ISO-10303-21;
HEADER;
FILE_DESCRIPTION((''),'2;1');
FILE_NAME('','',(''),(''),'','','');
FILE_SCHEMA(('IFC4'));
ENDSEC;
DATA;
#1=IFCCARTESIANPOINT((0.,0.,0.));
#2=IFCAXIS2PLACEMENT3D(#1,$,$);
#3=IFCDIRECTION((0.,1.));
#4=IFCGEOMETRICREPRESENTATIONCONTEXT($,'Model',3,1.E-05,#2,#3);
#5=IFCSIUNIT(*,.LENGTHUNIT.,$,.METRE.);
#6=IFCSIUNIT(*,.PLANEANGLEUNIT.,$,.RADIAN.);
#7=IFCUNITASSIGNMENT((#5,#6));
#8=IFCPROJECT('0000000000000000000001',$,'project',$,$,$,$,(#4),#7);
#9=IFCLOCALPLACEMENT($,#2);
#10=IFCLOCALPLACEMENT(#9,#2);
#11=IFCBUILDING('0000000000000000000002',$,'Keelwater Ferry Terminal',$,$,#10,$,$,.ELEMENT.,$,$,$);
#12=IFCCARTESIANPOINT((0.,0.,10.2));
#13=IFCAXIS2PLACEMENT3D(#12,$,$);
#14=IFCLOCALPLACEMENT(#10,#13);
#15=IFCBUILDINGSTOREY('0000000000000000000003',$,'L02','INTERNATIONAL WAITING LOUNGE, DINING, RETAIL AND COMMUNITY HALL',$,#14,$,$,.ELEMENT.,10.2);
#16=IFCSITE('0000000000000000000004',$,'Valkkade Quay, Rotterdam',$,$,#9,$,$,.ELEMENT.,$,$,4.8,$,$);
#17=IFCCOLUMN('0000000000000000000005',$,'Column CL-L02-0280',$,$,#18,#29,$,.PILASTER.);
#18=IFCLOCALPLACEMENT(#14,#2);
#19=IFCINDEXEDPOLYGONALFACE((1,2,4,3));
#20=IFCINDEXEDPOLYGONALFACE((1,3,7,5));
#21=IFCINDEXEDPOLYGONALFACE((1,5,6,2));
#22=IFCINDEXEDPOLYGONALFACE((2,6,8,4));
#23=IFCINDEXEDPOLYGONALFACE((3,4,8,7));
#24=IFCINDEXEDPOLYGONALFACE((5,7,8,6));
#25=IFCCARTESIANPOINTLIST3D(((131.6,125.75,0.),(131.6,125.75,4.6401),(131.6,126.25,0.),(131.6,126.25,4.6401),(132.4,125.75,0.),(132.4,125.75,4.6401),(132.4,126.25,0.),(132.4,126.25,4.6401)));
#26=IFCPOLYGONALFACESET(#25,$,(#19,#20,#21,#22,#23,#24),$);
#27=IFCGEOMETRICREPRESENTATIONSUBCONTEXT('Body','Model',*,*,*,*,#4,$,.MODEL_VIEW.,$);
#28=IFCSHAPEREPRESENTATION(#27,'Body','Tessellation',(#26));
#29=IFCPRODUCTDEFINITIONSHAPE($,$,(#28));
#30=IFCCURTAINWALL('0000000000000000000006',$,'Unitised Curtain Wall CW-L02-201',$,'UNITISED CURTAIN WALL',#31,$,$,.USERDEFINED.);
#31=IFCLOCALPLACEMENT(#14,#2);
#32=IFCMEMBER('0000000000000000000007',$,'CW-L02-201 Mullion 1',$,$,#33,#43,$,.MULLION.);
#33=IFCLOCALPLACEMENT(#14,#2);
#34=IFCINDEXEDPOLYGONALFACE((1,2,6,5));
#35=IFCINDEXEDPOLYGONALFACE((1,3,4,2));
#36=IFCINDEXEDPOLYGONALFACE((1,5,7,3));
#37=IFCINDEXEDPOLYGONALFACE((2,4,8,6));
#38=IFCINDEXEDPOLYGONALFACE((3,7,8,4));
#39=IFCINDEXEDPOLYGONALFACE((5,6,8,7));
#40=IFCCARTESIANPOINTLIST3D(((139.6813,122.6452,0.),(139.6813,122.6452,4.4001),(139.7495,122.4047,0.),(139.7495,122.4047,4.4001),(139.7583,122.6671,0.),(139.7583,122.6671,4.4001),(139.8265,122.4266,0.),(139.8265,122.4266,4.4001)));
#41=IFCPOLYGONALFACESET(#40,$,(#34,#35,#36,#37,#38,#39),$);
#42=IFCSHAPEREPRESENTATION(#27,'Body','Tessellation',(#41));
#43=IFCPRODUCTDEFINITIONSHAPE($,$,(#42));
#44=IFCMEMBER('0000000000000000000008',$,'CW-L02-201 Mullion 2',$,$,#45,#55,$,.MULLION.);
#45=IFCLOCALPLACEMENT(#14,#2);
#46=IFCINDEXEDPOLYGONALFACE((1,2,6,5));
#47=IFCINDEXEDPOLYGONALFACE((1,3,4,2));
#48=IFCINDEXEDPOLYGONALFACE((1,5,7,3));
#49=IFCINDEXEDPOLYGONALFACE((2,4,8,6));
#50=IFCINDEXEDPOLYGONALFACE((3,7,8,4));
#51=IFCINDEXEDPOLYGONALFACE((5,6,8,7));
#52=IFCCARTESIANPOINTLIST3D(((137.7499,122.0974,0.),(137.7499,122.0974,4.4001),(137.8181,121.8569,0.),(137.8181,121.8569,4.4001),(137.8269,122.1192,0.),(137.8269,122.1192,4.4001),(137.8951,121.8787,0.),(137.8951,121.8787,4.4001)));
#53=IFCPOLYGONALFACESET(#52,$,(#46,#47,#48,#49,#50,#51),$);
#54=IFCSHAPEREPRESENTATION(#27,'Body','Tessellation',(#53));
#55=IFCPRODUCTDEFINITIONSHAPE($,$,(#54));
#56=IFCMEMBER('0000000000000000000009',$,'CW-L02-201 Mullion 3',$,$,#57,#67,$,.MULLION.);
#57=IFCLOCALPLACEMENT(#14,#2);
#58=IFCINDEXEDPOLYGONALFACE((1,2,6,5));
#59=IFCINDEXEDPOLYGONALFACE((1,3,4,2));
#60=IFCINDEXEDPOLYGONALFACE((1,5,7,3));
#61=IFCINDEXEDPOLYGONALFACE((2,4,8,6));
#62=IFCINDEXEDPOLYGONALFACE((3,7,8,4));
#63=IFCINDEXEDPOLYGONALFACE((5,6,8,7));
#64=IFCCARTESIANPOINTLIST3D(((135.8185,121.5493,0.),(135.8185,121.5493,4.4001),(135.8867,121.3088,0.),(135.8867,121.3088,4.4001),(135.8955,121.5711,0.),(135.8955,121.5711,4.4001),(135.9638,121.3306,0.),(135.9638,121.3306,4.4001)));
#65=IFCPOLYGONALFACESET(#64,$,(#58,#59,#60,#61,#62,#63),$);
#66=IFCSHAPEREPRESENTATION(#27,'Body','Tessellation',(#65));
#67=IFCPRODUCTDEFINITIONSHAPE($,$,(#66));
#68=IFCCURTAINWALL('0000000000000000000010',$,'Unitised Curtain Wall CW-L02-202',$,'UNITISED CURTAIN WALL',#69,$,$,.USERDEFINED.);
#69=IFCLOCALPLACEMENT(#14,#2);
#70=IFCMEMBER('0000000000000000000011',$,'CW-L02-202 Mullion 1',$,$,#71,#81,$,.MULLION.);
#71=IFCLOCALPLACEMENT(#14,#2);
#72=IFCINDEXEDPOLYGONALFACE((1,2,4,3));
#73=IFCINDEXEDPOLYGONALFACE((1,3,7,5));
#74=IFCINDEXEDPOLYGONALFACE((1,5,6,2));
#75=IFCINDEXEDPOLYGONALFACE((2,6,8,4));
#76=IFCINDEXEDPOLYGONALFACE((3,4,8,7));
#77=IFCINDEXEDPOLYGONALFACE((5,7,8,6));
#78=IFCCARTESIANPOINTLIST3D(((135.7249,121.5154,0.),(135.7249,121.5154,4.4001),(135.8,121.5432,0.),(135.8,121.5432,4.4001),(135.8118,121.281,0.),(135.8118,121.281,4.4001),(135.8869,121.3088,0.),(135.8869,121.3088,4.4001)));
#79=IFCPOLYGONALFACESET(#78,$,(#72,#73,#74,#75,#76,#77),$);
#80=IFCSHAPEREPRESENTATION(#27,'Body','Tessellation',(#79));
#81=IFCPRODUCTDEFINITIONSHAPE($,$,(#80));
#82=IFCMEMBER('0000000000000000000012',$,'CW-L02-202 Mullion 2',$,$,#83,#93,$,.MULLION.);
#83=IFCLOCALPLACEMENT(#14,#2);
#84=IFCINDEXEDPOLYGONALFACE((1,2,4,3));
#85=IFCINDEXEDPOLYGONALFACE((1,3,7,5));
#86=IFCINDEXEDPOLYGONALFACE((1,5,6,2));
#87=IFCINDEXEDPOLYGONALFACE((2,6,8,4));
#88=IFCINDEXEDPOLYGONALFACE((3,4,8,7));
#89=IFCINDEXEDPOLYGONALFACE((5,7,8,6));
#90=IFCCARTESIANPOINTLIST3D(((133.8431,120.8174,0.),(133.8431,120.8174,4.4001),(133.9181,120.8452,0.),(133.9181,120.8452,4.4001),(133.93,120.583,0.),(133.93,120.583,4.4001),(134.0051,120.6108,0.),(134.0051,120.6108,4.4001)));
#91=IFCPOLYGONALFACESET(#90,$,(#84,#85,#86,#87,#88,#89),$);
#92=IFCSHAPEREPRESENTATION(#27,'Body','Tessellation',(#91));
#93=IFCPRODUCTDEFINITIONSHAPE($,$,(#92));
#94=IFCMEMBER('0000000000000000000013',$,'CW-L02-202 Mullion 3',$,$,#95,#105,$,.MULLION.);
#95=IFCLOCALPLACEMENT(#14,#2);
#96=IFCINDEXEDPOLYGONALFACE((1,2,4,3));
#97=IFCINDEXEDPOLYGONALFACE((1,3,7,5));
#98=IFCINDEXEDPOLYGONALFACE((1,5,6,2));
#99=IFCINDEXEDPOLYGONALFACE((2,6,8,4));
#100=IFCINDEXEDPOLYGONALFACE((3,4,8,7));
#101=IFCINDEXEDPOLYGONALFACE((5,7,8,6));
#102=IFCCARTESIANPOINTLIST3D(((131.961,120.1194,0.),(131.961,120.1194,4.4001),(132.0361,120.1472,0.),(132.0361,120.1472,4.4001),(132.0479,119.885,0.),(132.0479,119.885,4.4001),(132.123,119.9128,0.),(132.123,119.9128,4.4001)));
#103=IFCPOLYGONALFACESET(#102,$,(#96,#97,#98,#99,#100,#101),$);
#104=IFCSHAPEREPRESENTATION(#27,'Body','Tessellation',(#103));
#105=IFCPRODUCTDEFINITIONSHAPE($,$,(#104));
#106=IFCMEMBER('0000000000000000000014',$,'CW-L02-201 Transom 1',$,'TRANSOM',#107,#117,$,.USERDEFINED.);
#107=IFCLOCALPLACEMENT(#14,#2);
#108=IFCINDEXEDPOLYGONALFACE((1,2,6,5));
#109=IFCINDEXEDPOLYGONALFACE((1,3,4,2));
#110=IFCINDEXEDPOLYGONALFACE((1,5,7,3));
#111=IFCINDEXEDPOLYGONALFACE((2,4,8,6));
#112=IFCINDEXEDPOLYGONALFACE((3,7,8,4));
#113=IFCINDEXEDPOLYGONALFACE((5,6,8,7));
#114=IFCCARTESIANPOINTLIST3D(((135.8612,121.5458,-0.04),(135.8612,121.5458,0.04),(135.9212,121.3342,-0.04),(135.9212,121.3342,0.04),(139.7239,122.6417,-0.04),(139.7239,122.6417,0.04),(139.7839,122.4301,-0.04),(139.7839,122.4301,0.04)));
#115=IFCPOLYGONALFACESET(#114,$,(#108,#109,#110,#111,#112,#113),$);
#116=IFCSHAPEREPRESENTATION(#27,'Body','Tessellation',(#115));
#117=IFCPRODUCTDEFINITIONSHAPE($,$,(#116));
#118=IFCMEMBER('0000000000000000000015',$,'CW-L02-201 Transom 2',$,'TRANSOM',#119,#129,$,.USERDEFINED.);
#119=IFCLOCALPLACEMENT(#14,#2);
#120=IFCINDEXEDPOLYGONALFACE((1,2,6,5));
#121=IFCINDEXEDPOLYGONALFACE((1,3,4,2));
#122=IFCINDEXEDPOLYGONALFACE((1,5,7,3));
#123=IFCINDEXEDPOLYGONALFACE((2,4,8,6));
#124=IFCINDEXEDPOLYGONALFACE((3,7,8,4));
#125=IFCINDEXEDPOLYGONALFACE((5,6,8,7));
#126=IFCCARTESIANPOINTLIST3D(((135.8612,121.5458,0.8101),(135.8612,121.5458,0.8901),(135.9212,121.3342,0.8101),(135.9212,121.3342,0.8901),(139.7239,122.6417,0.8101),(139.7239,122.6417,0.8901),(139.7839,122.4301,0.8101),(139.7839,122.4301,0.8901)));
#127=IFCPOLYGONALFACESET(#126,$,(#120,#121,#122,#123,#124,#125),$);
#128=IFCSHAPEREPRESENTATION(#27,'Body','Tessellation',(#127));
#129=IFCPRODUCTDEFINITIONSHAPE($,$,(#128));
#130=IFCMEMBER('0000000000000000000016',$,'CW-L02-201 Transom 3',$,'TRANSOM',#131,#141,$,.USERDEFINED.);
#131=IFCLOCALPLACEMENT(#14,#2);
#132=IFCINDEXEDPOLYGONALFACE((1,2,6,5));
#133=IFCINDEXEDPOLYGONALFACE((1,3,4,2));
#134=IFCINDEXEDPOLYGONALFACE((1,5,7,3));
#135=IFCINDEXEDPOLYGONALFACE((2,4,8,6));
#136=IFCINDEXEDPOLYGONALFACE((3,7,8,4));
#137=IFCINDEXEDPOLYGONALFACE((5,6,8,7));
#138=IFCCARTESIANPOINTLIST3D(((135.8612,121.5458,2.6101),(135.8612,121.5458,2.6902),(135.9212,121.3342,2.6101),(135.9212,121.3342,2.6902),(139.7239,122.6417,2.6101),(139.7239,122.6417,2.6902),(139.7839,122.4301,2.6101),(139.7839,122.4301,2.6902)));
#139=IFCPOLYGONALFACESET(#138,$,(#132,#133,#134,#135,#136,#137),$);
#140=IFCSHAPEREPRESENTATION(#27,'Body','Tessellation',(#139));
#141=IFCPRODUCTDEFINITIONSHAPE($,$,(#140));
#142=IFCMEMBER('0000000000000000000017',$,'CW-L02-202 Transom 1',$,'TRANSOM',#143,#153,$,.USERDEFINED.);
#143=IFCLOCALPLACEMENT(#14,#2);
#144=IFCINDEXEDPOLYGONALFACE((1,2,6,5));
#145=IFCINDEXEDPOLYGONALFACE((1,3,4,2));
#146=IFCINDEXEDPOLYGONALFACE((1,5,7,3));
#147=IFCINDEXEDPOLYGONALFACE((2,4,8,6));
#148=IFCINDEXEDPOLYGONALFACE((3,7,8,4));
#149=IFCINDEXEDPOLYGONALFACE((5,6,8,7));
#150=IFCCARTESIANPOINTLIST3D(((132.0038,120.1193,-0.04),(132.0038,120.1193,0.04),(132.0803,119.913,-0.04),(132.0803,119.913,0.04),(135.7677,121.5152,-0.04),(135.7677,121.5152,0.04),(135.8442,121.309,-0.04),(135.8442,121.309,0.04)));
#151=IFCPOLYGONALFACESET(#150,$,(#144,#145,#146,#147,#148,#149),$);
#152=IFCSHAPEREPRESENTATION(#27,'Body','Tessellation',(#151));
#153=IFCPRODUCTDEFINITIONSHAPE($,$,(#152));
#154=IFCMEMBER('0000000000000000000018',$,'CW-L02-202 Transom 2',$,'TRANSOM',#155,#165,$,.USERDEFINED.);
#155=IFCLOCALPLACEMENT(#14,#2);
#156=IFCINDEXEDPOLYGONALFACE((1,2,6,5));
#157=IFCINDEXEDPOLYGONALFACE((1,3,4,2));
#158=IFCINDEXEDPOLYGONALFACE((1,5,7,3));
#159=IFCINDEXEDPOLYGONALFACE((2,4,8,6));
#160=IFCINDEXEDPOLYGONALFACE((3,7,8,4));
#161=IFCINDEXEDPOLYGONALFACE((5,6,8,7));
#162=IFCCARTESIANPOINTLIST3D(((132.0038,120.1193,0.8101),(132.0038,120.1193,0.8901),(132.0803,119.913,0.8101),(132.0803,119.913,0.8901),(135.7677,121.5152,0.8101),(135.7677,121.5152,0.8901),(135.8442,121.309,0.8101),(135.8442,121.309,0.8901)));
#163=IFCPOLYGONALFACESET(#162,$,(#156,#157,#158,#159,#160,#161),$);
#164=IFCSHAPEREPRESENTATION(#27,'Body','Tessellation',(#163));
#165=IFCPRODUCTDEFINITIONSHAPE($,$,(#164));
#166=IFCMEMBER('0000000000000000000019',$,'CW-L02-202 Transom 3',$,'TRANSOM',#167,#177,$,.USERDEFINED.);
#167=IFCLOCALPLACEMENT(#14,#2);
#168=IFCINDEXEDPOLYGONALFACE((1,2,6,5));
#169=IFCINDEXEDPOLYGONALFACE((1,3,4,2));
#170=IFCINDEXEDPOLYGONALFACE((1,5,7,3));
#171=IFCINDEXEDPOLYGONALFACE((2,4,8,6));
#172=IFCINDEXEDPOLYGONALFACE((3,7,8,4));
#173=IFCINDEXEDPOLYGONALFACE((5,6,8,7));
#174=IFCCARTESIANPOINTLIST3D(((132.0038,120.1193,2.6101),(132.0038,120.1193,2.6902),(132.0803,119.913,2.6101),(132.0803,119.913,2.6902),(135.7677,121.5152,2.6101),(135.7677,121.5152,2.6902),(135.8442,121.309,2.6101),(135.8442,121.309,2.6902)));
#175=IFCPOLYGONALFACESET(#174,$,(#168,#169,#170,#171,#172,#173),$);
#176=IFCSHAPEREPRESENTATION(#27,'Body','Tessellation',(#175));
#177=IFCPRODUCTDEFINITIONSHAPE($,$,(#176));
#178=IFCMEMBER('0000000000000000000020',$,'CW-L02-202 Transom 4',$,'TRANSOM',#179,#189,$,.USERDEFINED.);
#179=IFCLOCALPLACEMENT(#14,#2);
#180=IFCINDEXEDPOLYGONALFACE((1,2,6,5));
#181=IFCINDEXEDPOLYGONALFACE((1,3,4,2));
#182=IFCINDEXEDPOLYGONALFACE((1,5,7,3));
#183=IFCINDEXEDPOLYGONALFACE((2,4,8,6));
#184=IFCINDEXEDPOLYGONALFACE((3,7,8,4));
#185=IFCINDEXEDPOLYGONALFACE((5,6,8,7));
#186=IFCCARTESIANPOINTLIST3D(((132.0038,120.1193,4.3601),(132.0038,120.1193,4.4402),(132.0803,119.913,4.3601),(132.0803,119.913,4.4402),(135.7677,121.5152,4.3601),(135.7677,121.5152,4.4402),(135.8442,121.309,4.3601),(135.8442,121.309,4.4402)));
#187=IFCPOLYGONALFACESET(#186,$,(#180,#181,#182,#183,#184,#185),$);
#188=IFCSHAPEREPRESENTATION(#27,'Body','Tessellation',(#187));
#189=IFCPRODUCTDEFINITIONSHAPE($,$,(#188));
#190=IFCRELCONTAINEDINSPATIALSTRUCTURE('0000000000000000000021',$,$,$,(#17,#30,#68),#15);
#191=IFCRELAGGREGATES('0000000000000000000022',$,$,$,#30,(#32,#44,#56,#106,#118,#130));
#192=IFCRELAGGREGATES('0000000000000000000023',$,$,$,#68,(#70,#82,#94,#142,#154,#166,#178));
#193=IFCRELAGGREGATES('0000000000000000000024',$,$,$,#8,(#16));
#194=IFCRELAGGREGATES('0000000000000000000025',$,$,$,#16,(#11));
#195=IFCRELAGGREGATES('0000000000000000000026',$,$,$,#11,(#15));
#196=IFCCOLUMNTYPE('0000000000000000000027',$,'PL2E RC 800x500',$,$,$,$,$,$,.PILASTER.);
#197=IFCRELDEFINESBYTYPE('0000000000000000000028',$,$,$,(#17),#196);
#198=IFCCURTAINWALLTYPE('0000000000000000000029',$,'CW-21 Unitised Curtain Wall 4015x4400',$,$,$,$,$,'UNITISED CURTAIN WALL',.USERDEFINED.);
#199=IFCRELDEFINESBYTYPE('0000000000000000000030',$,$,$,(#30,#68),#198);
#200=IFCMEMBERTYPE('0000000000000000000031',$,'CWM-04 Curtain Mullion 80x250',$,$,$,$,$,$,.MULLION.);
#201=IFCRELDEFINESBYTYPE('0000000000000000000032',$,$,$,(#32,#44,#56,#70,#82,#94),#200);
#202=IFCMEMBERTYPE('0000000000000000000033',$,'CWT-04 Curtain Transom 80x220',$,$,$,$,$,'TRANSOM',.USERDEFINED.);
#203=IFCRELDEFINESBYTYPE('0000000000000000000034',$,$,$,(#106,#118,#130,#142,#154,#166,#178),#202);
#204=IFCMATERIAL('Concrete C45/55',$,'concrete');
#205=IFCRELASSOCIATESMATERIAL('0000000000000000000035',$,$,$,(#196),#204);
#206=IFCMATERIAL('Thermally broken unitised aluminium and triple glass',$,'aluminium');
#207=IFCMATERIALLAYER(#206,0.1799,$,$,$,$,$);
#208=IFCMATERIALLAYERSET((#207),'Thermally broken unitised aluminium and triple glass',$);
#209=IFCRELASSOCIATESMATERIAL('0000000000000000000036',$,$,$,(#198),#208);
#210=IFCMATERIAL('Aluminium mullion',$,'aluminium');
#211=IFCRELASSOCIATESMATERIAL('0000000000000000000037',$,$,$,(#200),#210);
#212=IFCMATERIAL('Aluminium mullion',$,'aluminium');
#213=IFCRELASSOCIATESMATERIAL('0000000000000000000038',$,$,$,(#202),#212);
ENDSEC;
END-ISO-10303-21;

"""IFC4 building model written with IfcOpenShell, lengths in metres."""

from ifc_helpers import new_model, si_unit, direction, frame, origin, origin_2d, place, context, subcontext, project, spatial, rectangle, extrude, material, layer, layer_set, material_profile, profile_set, type_object, element, aggregate, save


model = new_model("IFC4")

# Units and contexts
model_context = context("Model", 3, precision=1e-05, world=origin(), true_north=direction((0.0, 1.0)))
body_context = subcontext(model_context, "Body", "Model", "MODEL_VIEW")
ifc_project = project(units=[si_unit("LENGTHUNIT", "METRE"), si_unit("PLANEANGLEUNIT", "RADIAN")], contexts=[model_context])

# Site, building, storey
site_placement = place(None, origin())
site = spatial("IfcSite", under=ifc_project, at=site_placement, Name="Valkkade Quay, Rotterdam", CompositionType="ELEMENT", RefElevation=4.8)
building_placement = place(site_placement, origin())
building = spatial("IfcBuilding", under=site, at=building_placement, Name="Keelwater Ferry Terminal", CompositionType="ELEMENT")
storey_placement = place(building_placement, frame((0.0, 0.0, 10.2)))
storey = spatial("IfcBuildingStorey", under=building, at=storey_placement, Name="L02", Description="INTERNATIONAL WAITING LOUNGE, DINING, RETAIL AND COMMUNITY HALL", CompositionType="ELEMENT", Elevation=10.2)

# Column
ifc_material_1 = material(Name="Concrete C45/55", Category="concrete")
ifc_material_profile_1 = material_profile(ifc_material_1, rectangle(XDim=0.5, YDim=0.8, at=origin_2d()), Name="RC 800x500")
ifc_profile_set_1 = profile_set([ifc_material_profile_1], Name="Concrete C45/55")
column_type = type_object("IfcColumnType", Name="PL2E RC 800x500", PredefinedType="PILASTER", material=ifc_profile_set_1)
column_placement = place(storey_placement, frame((132.0, 126.0, 0.0), z_axis=(0.0, 0.0, 1.0), x_axis=(0.0, 1.0, 0.0)))
element("IfcColumn", 1, at=column_placement, inside=storey, type_object=column_type, Name="Column CL-L02-0280", PredefinedType="PILASTER", context=body_context, shape_type="SweptSolid", body=[
    extrude(rectangle(XDim=0.5, YDim=0.8, at=origin_2d()), origin(), (0.0, 0.0, 1.0), 4.6401),
])

# Curtain walls, members
ifc_material_2 = material(Name="Thermally broken unitised aluminium and triple glass", Category="aluminium")
ifc_layer_1 = layer(ifc_material_2, 0.1799)
ifc_layer_set_1 = layer_set([ifc_layer_1], Name="Thermally broken unitised aluminium and triple glass")
curtain_wall_type = type_object("IfcCurtainWallType", Name="CW-21 Unitised Curtain Wall 4015x4400", ElementType="UNITISED CURTAIN WALL", PredefinedType="USERDEFINED", material=ifc_layer_set_1)
curtain_wall_1_placement = place(storey_placement, origin())
curtain_wall_1 = element("IfcCurtainWall", 2, at=curtain_wall_1_placement, inside=storey, type_object=curtain_wall_type, Name="Unitised Curtain Wall CW-L02-201", ObjectType="UNITISED CURTAIN WALL", PredefinedType="USERDEFINED")
ifc_material_3 = material(Name="Aluminium mullion", Category="aluminium")
ifc_material_profile_2 = material_profile(ifc_material_3, rectangle(XDim=0.0801, YDim=0.25, at=origin_2d()), Name="CWM-04")
ifc_profile_set_2 = profile_set([ifc_material_profile_2], Name="Aluminium mullion")
member_type_1 = type_object("IfcMemberType", Name="CWM-04 Curtain Mullion 80x250", PredefinedType="MULLION", material=ifc_profile_set_2)
member_1_placement = place(storey_placement, frame((139.7539, 122.5359, 0.0), z_axis=(0.0, 0.0, 1.0), x_axis=(-0.96203, -0.272945, 0.0)))
member_1 = element("IfcMember", 3, at=member_1_placement, type_object=member_type_1, Name="CW-L02-201 Mullion 1", PredefinedType="MULLION", context=body_context, shape_type="SweptSolid", body=[
    extrude(rectangle(XDim=0.0801, YDim=0.25, at=origin_2d()), origin(), (0.0, 0.0, 1.0), 4.4001),
])
member_2_placement = place(storey_placement, frame((137.8225, 121.988, 0.0), z_axis=(0.0, 0.0, 1.0), x_axis=(-0.96203, -0.272945, 0.0)))
member_2 = element("IfcMember", 4, at=member_2_placement, type_object=member_type_1, Name="CW-L02-201 Mullion 2", PredefinedType="MULLION", context=body_context, shape_type="SweptSolid", body=[
    extrude(rectangle(XDim=0.0801, YDim=0.25, at=origin_2d()), origin(), (0.0, 0.0, 1.0), 4.4001),
])
member_3_placement = place(storey_placement, frame((135.8911, 121.4399, 0.0), z_axis=(0.0, 0.0, 1.0), x_axis=(-0.96203, -0.272945, 0.0)))
member_3 = element("IfcMember", 5, at=member_3_placement, type_object=member_type_1, Name="CW-L02-201 Mullion 3", PredefinedType="MULLION", context=body_context, shape_type="SweptSolid", body=[
    extrude(rectangle(XDim=0.0801, YDim=0.25, at=origin_2d()), origin(), (0.0, 0.0, 1.0), 4.4001),
])
curtain_wall_2_placement = place(storey_placement, origin())
curtain_wall_2 = element("IfcCurtainWall", 6, at=curtain_wall_2_placement, inside=storey, type_object=curtain_wall_type, Name="Unitised Curtain Wall CW-L02-202", ObjectType="UNITISED CURTAIN WALL", PredefinedType="USERDEFINED")
member_4_placement = place(storey_placement, frame((135.8059, 121.4121, 0.0), z_axis=(0.0, 0.0, 1.0), x_axis=(-0.937592, -0.347736, 0.0)))
member_4 = element("IfcMember", 7, at=member_4_placement, type_object=member_type_1, Name="CW-L02-202 Mullion 1", PredefinedType="MULLION", context=body_context, shape_type="SweptSolid", body=[
    extrude(rectangle(XDim=0.0801, YDim=0.25, at=origin_2d()), origin(), (0.0, 0.0, 1.0), 4.4001),
])
member_5_placement = place(storey_placement, frame((133.9241, 120.7141, 0.0), z_axis=(0.0, 0.0, 1.0), x_axis=(-0.937592, -0.347736, 0.0)))
member_5 = element("IfcMember", 8, at=member_5_placement, type_object=member_type_1, Name="CW-L02-202 Mullion 2", PredefinedType="MULLION", context=body_context, shape_type="SweptSolid", body=[
    extrude(rectangle(XDim=0.0801, YDim=0.25, at=origin_2d()), origin(), (0.0, 0.0, 1.0), 4.4001),
])
member_6_placement = place(storey_placement, frame((132.042, 120.0161, 0.0), z_axis=(0.0, 0.0, 1.0), x_axis=(-0.937592, -0.347736, 0.0)))
member_6 = element("IfcMember", 9, at=member_6_placement, type_object=member_type_1, Name="CW-L02-202 Mullion 3", PredefinedType="MULLION", context=body_context, shape_type="SweptSolid", body=[
    extrude(rectangle(XDim=0.0801, YDim=0.25, at=origin_2d()), origin(), (0.0, 0.0, 1.0), 4.4001),
])

# Members
ifc_material_4 = material(Name="Aluminium mullion", Category="aluminium")
ifc_material_profile_3 = material_profile(ifc_material_4, rectangle(XDim=0.22, YDim=0.0801, at=origin_2d()), Name="CWT-04")
ifc_profile_set_3 = profile_set([ifc_material_profile_3], Name="Aluminium mullion")
member_type_2 = type_object("IfcMemberType", Name="CWT-04 Curtain Transom 80x220", ElementType="TRANSOM", PredefinedType="USERDEFINED", material=ifc_profile_set_3)
member_7_placement = place(storey_placement, frame((139.7539, 122.5359, 0.0), z_axis=(-0.962029, -0.272946, 0.0), x_axis=(0.272946, -0.962029, 0.0)))
member_7 = element("IfcMember", 10, at=member_7_placement, type_object=member_type_2, Name="CW-L02-201 Transom 1", ObjectType="TRANSOM", PredefinedType="USERDEFINED", context=body_context, shape_type="SweptSolid", body=[
    extrude(rectangle(XDim=0.22, YDim=0.0801, at=origin_2d()), origin(), (0.0, 0.0, 1.0), 4.0151),
])
member_8_placement = place(storey_placement, frame((139.7539, 122.5359, 0.8501), z_axis=(-0.962029, -0.272946, 0.0), x_axis=(0.272946, -0.962029, 0.0)))
member_8 = element("IfcMember", 11, at=member_8_placement, type_object=member_type_2, Name="CW-L02-201 Transom 2", ObjectType="TRANSOM", PredefinedType="USERDEFINED", context=body_context, shape_type="SweptSolid", body=[
    extrude(rectangle(XDim=0.22, YDim=0.0801, at=origin_2d()), origin(), (0.0, 0.0, 1.0), 4.0151),
])
member_9_placement = place(storey_placement, frame((139.7539, 122.5359, 2.6501), z_axis=(-0.962029, -0.272946, 0.0), x_axis=(0.272946, -0.962029, 0.0)))
member_9 = element("IfcMember", 12, at=member_9_placement, type_object=member_type_2, Name="CW-L02-201 Transom 3", ObjectType="TRANSOM", PredefinedType="USERDEFINED", context=body_context, shape_type="SweptSolid", body=[
    extrude(rectangle(XDim=0.22, YDim=0.0801, at=origin_2d()), origin(), (0.0, 0.0, 1.0), 4.0151),
])
member_10_placement = place(storey_placement, frame((135.8059, 121.4121, 0.0), z_axis=(-0.93759, -0.347742, 0.0), x_axis=(0.347742, -0.93759, 0.0)))
member_10 = element("IfcMember", 13, at=member_10_placement, type_object=member_type_2, Name="CW-L02-202 Transom 1", ObjectType="TRANSOM", PredefinedType="USERDEFINED", context=body_context, shape_type="SweptSolid", body=[
    extrude(rectangle(XDim=0.22, YDim=0.0801, at=origin_2d()), origin(), (0.0, 0.0, 1.0), 4.0144),
])
member_11_placement = place(storey_placement, frame((135.8059, 121.4121, 0.8501), z_axis=(-0.93759, -0.347742, 0.0), x_axis=(0.347742, -0.93759, 0.0)))
member_11 = element("IfcMember", 14, at=member_11_placement, type_object=member_type_2, Name="CW-L02-202 Transom 2", ObjectType="TRANSOM", PredefinedType="USERDEFINED", context=body_context, shape_type="SweptSolid", body=[
    extrude(rectangle(XDim=0.22, YDim=0.0801, at=origin_2d()), origin(), (0.0, 0.0, 1.0), 4.0144),
])
member_12_placement = place(storey_placement, frame((135.8059, 121.4121, 2.6501), z_axis=(-0.93759, -0.347742, 0.0), x_axis=(0.347742, -0.93759, 0.0)))
member_12 = element("IfcMember", 15, at=member_12_placement, type_object=member_type_2, Name="CW-L02-202 Transom 3", ObjectType="TRANSOM", PredefinedType="USERDEFINED", context=body_context, shape_type="SweptSolid", body=[
    extrude(rectangle(XDim=0.22, YDim=0.0801, at=origin_2d()), origin(), (0.0, 0.0, 1.0), 4.0144),
])
member_13_placement = place(storey_placement, frame((135.8059, 121.4121, 4.4001), z_axis=(-0.93759, -0.347742, 0.0), x_axis=(0.347742, -0.93759, 0.0)))
member_13 = element("IfcMember", 16, at=member_13_placement, type_object=member_type_2, Name="CW-L02-202 Transom 4", ObjectType="TRANSOM", PredefinedType="USERDEFINED", context=body_context, shape_type="SweptSolid", body=[
    extrude(rectangle(XDim=0.22, YDim=0.0801, at=origin_2d()), origin(), (0.0, 0.0, 1.0), 4.0144),
])

aggregate(curtain_wall_1, [member_1, member_2, member_3, member_7, member_8, member_9])
aggregate(curtain_wall_2, [member_4, member_5, member_6, member_10, member_11, member_12, member_13])

save(model, "model.ifc")
